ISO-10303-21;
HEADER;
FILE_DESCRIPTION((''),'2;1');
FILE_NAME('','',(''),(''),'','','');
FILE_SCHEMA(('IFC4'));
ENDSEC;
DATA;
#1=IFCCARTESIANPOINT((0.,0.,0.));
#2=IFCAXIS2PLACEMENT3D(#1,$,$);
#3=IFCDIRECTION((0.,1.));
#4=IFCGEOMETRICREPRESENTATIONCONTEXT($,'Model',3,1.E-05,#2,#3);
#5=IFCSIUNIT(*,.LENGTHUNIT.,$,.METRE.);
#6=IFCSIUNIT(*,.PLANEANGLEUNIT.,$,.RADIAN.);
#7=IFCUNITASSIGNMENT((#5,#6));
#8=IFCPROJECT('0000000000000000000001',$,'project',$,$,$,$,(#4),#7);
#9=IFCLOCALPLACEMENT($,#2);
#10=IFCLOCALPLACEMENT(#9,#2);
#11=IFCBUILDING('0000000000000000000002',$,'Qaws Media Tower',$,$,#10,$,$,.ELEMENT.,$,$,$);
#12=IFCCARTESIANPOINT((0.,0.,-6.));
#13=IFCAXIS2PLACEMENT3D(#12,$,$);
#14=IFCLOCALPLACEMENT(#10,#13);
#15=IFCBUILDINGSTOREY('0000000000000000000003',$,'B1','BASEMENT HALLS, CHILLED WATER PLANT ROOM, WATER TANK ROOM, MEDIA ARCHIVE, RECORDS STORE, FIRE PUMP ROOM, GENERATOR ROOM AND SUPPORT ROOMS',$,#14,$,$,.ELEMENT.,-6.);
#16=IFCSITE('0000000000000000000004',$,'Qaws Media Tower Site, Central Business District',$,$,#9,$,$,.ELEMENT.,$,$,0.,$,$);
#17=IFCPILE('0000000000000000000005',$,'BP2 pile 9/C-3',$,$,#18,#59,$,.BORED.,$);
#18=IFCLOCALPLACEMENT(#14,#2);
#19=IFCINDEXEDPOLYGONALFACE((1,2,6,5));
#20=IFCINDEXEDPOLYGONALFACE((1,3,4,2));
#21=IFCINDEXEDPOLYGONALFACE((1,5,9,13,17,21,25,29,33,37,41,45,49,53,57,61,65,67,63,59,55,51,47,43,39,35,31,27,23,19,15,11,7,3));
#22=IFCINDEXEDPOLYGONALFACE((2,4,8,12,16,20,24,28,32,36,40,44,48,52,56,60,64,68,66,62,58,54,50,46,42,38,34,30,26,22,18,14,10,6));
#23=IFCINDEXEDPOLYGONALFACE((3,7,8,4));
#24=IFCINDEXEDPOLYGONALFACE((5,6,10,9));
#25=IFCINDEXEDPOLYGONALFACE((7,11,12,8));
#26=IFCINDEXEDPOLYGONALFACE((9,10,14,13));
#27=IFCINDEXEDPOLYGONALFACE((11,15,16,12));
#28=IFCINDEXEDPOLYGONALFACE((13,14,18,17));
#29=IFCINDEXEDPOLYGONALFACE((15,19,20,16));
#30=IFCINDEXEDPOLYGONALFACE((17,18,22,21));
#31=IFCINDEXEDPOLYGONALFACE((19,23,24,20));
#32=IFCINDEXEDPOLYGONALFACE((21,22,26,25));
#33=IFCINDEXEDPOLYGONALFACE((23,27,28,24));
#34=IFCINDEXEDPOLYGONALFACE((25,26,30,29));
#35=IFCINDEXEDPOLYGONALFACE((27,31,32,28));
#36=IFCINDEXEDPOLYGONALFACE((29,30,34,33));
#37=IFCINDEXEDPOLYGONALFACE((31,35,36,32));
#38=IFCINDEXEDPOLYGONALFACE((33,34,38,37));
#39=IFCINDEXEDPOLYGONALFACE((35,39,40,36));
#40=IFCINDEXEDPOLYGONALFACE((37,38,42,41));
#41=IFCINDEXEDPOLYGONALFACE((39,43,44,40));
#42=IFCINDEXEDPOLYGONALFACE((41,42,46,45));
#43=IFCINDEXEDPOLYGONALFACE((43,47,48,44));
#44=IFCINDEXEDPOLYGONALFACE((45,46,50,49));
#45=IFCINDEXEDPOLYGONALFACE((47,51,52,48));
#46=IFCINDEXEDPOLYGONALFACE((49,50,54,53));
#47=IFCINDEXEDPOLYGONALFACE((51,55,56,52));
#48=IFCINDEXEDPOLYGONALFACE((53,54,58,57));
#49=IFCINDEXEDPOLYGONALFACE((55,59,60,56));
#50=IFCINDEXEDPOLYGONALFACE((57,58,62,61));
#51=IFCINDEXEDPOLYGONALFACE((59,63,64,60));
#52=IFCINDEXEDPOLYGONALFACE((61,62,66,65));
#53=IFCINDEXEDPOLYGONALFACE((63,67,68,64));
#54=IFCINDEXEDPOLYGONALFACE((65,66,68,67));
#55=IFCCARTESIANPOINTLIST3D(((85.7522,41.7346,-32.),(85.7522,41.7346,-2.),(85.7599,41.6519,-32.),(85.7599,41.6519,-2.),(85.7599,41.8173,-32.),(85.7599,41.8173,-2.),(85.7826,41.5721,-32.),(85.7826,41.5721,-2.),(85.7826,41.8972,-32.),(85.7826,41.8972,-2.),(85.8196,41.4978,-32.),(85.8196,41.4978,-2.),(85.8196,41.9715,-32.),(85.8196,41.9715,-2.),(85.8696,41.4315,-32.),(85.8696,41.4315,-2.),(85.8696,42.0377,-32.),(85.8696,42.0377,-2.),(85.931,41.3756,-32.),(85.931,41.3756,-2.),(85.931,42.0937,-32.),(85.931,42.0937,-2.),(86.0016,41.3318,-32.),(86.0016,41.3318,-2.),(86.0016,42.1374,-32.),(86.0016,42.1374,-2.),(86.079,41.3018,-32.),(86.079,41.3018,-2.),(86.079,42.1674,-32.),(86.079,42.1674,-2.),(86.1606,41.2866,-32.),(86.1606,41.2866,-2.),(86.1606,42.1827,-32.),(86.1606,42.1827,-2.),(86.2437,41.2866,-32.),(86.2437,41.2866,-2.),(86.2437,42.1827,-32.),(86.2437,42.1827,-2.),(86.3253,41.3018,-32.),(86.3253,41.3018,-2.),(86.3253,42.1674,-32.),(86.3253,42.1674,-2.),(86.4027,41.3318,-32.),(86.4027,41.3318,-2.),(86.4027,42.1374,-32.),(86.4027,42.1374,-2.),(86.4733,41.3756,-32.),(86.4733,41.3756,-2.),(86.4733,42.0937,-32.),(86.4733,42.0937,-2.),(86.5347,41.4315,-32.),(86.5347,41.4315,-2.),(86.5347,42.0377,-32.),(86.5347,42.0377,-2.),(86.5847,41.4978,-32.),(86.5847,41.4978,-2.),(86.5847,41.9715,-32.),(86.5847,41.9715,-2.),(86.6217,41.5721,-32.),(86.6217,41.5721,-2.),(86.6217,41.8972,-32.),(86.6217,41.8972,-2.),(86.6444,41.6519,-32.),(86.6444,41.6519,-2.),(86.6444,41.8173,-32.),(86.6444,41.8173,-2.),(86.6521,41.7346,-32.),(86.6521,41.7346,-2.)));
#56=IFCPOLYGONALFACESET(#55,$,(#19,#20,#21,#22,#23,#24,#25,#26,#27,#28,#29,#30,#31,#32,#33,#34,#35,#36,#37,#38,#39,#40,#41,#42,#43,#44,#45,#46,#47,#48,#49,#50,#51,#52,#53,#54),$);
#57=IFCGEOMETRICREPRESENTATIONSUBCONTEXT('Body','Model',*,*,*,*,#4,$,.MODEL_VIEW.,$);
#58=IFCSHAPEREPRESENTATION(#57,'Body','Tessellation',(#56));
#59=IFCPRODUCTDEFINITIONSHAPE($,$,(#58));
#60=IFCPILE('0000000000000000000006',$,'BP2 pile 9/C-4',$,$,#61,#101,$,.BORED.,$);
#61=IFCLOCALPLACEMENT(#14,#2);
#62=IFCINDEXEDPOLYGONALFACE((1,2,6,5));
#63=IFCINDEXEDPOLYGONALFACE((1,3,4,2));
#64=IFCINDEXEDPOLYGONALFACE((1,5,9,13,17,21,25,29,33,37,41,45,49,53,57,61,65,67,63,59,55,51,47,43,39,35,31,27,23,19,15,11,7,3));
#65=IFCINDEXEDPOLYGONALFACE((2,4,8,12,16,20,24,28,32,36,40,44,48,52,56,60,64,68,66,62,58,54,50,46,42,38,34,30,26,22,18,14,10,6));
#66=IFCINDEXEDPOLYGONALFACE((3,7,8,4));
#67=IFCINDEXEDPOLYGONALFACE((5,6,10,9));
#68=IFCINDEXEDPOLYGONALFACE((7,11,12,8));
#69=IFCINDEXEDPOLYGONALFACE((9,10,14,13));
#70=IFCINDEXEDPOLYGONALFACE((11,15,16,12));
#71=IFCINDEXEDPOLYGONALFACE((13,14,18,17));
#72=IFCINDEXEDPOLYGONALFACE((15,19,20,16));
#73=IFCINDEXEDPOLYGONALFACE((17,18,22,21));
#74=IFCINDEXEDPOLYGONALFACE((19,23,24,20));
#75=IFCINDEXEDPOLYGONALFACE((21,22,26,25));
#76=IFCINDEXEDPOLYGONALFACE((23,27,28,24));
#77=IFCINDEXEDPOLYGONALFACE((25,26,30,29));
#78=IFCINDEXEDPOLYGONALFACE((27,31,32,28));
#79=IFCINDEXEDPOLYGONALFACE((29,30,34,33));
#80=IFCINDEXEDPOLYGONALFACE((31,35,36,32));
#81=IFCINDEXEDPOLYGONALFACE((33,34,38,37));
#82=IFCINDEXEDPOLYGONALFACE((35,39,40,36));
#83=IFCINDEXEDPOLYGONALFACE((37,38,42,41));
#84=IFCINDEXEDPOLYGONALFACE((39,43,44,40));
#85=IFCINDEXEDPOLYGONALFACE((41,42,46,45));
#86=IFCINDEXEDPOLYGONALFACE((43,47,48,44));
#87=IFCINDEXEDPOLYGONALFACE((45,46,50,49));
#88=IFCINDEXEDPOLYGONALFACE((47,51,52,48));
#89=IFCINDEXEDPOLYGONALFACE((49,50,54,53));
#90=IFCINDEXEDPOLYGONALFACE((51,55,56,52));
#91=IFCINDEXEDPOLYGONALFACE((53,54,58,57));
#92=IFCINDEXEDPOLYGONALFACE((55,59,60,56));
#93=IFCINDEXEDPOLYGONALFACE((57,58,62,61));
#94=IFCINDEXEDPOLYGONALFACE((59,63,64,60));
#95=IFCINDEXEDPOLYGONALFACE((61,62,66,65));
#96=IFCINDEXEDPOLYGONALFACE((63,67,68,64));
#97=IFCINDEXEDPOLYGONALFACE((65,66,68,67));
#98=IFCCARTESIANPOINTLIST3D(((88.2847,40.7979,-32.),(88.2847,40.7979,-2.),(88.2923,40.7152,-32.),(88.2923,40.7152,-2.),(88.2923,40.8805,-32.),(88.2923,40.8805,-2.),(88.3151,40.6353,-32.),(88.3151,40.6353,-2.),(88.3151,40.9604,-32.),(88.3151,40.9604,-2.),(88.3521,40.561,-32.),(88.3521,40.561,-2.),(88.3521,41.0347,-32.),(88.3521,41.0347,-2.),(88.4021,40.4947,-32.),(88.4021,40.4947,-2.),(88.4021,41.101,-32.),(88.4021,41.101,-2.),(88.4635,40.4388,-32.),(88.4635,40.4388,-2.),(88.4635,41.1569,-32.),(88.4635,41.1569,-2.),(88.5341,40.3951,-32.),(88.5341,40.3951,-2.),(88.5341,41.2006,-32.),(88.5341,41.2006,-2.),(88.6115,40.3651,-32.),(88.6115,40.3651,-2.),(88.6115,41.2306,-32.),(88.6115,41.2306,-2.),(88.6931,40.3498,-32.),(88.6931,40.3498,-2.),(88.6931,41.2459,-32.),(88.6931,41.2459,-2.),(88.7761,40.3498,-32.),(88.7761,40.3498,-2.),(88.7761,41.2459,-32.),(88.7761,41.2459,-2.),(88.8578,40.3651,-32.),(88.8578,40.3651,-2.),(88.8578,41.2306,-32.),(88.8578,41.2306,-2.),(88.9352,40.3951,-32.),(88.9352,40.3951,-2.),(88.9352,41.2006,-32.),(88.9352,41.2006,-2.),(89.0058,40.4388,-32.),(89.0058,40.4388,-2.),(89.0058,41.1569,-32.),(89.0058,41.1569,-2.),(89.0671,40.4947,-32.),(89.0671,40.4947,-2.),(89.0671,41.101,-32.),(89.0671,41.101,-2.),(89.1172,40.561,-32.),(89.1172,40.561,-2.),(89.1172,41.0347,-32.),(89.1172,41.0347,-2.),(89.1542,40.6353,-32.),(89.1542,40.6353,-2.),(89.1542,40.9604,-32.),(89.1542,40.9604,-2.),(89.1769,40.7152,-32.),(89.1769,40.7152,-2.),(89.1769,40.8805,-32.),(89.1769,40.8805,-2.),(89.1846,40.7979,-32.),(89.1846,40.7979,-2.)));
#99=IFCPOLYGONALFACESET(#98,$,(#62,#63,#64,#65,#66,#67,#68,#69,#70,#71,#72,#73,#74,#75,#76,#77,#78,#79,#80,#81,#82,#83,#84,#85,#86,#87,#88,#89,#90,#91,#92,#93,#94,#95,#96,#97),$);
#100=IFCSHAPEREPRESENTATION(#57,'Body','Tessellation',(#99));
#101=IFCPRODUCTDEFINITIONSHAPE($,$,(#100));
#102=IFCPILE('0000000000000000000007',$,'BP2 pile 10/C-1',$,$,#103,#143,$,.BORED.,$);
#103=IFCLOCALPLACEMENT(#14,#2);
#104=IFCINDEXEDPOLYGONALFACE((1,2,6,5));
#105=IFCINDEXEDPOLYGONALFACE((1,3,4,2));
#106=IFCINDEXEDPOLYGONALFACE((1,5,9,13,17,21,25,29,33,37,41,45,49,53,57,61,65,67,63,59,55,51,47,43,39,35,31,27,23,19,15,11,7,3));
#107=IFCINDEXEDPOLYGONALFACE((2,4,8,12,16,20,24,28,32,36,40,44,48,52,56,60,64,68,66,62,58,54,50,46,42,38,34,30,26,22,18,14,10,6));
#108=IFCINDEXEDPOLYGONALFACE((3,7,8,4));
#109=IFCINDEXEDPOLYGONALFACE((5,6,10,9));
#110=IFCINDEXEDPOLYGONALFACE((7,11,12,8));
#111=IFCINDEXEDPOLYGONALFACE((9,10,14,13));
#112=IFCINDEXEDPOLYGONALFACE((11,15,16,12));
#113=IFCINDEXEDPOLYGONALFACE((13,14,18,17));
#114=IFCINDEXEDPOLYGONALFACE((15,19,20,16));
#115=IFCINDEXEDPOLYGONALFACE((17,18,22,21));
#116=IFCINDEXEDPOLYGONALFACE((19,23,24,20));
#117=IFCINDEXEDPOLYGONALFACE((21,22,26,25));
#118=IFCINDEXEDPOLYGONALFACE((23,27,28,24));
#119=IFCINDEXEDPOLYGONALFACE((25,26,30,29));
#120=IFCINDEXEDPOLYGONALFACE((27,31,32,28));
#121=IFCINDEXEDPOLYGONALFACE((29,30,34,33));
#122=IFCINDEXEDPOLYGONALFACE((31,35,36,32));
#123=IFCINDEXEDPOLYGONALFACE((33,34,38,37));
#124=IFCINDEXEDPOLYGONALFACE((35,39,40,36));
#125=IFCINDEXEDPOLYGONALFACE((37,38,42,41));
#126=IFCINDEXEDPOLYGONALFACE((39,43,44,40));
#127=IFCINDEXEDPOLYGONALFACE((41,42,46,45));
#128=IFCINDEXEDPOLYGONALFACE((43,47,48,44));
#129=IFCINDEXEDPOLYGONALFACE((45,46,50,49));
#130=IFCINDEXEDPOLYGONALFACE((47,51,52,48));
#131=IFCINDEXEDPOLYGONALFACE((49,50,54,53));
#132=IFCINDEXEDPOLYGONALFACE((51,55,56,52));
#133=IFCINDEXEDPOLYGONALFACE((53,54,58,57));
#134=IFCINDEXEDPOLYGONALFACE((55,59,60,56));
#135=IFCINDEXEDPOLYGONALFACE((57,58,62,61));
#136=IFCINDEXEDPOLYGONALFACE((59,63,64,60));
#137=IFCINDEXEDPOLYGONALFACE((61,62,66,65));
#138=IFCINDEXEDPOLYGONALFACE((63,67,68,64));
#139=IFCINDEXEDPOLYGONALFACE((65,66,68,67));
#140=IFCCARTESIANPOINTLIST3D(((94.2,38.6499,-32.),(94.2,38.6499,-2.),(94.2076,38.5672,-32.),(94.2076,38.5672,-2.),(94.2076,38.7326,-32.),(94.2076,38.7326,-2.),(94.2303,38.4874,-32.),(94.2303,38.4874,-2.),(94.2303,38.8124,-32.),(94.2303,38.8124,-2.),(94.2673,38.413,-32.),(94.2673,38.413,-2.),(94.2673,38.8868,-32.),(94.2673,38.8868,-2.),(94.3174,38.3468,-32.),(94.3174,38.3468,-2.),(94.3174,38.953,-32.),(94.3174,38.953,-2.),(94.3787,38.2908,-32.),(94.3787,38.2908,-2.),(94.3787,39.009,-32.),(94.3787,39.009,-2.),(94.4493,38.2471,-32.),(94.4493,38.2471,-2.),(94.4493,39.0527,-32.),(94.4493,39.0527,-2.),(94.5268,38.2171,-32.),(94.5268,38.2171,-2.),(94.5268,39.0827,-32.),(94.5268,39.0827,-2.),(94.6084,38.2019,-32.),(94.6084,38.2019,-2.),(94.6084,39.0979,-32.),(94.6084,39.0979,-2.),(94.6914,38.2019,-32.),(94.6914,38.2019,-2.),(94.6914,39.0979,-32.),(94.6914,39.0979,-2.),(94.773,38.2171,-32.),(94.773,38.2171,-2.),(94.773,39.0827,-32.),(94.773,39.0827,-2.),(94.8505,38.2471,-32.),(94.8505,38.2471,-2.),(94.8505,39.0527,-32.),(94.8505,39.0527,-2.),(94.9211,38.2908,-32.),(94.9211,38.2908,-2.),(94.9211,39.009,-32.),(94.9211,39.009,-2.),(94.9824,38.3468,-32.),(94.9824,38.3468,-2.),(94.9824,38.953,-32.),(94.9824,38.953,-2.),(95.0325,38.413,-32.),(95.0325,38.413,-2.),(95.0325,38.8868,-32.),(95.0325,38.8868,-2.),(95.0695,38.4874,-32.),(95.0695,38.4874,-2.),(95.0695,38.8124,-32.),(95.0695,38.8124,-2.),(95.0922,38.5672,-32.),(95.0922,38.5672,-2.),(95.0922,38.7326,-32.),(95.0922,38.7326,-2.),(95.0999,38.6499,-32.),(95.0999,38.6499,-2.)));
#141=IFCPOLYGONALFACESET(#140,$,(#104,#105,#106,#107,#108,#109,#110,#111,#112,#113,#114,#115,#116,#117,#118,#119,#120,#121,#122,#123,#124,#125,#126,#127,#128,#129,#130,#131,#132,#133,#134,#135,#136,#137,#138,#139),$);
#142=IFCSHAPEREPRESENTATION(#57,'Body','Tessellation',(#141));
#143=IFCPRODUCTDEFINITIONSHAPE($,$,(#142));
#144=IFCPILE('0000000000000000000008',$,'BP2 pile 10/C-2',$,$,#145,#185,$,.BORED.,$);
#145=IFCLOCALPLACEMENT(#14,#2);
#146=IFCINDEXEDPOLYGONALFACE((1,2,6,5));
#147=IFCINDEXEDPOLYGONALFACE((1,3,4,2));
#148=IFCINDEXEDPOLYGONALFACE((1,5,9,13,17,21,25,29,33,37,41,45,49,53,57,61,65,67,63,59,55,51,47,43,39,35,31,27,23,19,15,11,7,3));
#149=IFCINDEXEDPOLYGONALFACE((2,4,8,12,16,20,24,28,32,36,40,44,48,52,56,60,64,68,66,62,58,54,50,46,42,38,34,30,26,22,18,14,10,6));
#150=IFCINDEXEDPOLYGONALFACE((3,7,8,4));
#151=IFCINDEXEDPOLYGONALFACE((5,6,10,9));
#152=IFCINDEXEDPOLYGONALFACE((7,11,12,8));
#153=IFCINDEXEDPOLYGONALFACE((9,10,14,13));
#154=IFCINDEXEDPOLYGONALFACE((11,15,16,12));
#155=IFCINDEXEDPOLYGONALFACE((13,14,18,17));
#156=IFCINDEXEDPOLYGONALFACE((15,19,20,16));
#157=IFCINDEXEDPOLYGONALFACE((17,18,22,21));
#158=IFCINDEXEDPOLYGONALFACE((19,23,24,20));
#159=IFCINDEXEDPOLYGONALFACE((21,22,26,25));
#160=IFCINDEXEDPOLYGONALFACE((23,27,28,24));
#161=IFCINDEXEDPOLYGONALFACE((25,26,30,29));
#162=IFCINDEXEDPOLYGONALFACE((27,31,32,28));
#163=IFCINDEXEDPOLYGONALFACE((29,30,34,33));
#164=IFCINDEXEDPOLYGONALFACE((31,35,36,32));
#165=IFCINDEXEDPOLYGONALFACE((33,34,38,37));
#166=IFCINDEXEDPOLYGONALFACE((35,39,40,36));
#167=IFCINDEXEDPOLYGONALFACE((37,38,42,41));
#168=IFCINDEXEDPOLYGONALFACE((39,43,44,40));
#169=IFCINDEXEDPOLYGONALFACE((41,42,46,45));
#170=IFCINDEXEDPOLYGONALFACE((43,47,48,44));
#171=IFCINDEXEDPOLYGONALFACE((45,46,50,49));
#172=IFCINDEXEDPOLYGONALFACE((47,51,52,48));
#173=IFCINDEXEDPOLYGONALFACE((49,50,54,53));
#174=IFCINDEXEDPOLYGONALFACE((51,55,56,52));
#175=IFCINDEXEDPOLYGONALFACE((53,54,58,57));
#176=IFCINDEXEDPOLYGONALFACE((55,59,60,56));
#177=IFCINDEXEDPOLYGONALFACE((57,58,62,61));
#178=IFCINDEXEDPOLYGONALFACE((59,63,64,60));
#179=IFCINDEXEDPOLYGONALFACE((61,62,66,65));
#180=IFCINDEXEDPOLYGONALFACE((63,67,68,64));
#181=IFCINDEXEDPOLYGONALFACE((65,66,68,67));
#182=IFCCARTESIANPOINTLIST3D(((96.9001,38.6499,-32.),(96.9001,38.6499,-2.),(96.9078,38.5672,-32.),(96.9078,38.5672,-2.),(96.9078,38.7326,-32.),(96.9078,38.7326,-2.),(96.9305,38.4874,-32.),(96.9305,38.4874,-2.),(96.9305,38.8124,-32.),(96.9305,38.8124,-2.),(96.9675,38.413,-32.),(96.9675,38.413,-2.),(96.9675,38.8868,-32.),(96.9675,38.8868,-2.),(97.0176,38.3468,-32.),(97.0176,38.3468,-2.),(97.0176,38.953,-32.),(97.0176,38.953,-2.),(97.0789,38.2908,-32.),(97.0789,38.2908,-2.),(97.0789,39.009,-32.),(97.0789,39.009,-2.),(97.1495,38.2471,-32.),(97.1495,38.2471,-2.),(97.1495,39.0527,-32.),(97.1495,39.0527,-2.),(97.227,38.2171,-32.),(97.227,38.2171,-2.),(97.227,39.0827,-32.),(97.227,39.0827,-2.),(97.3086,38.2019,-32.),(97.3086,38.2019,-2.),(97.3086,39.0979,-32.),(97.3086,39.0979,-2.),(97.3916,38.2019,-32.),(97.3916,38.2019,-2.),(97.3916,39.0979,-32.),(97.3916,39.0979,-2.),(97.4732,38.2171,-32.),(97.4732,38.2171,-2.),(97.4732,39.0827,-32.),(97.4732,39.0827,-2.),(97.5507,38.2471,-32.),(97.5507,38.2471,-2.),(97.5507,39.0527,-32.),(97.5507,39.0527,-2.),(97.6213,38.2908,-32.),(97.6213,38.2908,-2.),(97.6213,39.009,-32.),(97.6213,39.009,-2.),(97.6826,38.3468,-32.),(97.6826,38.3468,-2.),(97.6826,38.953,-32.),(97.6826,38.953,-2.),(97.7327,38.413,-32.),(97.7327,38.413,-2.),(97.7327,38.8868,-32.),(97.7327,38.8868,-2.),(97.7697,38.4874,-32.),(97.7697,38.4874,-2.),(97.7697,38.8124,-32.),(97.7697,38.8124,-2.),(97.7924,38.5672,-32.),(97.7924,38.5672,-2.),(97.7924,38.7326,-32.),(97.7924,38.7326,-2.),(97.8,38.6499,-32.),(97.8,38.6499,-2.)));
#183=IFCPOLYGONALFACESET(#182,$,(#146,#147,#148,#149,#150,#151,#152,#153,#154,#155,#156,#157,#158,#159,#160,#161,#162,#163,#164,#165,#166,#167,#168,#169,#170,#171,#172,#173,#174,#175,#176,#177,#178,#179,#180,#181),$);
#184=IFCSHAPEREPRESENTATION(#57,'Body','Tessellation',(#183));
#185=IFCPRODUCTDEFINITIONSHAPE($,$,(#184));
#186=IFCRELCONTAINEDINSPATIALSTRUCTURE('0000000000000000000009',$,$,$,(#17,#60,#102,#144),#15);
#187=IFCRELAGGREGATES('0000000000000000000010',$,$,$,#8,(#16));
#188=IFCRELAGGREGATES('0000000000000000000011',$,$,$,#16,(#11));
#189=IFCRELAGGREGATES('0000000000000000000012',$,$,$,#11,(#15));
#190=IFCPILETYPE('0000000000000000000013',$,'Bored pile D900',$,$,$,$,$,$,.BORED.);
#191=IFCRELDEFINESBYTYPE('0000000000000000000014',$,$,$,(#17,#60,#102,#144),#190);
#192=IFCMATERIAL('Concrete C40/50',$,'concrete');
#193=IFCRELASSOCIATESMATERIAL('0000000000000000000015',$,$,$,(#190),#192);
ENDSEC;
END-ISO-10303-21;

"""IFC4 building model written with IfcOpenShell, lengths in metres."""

from ifc_helpers import new_model, si_unit, direction, frame, origin, origin_2d, place, context, subcontext, project, spatial, circle, extrude, material, material_profile, profile_set, type_object, element, save


model = new_model("IFC4")

# Units and contexts
model_context = context("Model", 3, precision=1e-05, world=origin(), true_north=direction((0.0, 1.0)))
body_context = subcontext(model_context, "Body", "Model", "MODEL_VIEW")
ifc_project = project(units=[si_unit("LENGTHUNIT", "METRE"), si_unit("PLANEANGLEUNIT", "RADIAN")], contexts=[model_context])

# Site, building, storey
site_placement = place(None, origin())
site = spatial("IfcSite", under=ifc_project, at=site_placement, Name="Qaws Media Tower Site, Central Business District", CompositionType="ELEMENT", RefElevation=0.0)
building_placement = place(site_placement, origin())
building = spatial("IfcBuilding", under=site, at=building_placement, Name="Qaws Media Tower", CompositionType="ELEMENT")
storey_placement = place(building_placement, frame((0.0, 0.0, -6.0)))
storey = spatial("IfcBuildingStorey", under=building, at=storey_placement, Name="B1", Description="BASEMENT HALLS, CHILLED WATER PLANT ROOM, WATER TANK ROOM, MEDIA ARCHIVE, RECORDS STORE, FIRE PUMP ROOM, GENERATOR ROOM AND SUPPORT ROOMS", CompositionType="ELEMENT", Elevation=-6.0)

# Piles
ifc_material_1 = material(Name="Concrete C40/50", Category="concrete")
ifc_material_profile_1 = material_profile(ifc_material_1, circle(Radius=0.45, at=origin_2d()), Name="D900")
ifc_profile_set_1 = profile_set([ifc_material_profile_1], Name="Concrete C40/50")
pile_type_1 = type_object("IfcPileType", Name="Bored pile D900", PredefinedType="BORED", material=ifc_profile_set_1)
for number, where, z_axis, x_axis, name in (
    (1, (86.2021, 41.7346, -2.0), (0.0, 0.0, -1.0), (1.0, 0.0, 0.0), "BP2 pile 9/C-3"),
    (2, (88.7346, 40.7979, -2.0), (0.0, 0.0, -1.0), (1.0, 0.0, 0.0), "BP2 pile 9/C-4"),
    (3, (94.6499, 38.6499, -2.0), (0.0, 0.0, -1.0), (1.0, 0.0, 0.0), "BP2 pile 10/C-1"),
    (4, (97.3501, 38.6499, -2.0), (0.0, 0.0, -1.0), (1.0, 0.0, 0.0), "BP2 pile 10/C-2"),
):
    element("IfcPile", number, at=place(storey_placement, frame(where, z_axis=z_axis, x_axis=x_axis)), inside=storey, type_object=pile_type_1, Name=name, PredefinedType="BORED", context=body_context, shape_type="SweptSolid", body=[
        extrude(circle(Radius=0.45, at=origin_2d()), origin(), (0.0, 0.0, 1.0), 30.0),
    ])

save(model, "model.ifc")
